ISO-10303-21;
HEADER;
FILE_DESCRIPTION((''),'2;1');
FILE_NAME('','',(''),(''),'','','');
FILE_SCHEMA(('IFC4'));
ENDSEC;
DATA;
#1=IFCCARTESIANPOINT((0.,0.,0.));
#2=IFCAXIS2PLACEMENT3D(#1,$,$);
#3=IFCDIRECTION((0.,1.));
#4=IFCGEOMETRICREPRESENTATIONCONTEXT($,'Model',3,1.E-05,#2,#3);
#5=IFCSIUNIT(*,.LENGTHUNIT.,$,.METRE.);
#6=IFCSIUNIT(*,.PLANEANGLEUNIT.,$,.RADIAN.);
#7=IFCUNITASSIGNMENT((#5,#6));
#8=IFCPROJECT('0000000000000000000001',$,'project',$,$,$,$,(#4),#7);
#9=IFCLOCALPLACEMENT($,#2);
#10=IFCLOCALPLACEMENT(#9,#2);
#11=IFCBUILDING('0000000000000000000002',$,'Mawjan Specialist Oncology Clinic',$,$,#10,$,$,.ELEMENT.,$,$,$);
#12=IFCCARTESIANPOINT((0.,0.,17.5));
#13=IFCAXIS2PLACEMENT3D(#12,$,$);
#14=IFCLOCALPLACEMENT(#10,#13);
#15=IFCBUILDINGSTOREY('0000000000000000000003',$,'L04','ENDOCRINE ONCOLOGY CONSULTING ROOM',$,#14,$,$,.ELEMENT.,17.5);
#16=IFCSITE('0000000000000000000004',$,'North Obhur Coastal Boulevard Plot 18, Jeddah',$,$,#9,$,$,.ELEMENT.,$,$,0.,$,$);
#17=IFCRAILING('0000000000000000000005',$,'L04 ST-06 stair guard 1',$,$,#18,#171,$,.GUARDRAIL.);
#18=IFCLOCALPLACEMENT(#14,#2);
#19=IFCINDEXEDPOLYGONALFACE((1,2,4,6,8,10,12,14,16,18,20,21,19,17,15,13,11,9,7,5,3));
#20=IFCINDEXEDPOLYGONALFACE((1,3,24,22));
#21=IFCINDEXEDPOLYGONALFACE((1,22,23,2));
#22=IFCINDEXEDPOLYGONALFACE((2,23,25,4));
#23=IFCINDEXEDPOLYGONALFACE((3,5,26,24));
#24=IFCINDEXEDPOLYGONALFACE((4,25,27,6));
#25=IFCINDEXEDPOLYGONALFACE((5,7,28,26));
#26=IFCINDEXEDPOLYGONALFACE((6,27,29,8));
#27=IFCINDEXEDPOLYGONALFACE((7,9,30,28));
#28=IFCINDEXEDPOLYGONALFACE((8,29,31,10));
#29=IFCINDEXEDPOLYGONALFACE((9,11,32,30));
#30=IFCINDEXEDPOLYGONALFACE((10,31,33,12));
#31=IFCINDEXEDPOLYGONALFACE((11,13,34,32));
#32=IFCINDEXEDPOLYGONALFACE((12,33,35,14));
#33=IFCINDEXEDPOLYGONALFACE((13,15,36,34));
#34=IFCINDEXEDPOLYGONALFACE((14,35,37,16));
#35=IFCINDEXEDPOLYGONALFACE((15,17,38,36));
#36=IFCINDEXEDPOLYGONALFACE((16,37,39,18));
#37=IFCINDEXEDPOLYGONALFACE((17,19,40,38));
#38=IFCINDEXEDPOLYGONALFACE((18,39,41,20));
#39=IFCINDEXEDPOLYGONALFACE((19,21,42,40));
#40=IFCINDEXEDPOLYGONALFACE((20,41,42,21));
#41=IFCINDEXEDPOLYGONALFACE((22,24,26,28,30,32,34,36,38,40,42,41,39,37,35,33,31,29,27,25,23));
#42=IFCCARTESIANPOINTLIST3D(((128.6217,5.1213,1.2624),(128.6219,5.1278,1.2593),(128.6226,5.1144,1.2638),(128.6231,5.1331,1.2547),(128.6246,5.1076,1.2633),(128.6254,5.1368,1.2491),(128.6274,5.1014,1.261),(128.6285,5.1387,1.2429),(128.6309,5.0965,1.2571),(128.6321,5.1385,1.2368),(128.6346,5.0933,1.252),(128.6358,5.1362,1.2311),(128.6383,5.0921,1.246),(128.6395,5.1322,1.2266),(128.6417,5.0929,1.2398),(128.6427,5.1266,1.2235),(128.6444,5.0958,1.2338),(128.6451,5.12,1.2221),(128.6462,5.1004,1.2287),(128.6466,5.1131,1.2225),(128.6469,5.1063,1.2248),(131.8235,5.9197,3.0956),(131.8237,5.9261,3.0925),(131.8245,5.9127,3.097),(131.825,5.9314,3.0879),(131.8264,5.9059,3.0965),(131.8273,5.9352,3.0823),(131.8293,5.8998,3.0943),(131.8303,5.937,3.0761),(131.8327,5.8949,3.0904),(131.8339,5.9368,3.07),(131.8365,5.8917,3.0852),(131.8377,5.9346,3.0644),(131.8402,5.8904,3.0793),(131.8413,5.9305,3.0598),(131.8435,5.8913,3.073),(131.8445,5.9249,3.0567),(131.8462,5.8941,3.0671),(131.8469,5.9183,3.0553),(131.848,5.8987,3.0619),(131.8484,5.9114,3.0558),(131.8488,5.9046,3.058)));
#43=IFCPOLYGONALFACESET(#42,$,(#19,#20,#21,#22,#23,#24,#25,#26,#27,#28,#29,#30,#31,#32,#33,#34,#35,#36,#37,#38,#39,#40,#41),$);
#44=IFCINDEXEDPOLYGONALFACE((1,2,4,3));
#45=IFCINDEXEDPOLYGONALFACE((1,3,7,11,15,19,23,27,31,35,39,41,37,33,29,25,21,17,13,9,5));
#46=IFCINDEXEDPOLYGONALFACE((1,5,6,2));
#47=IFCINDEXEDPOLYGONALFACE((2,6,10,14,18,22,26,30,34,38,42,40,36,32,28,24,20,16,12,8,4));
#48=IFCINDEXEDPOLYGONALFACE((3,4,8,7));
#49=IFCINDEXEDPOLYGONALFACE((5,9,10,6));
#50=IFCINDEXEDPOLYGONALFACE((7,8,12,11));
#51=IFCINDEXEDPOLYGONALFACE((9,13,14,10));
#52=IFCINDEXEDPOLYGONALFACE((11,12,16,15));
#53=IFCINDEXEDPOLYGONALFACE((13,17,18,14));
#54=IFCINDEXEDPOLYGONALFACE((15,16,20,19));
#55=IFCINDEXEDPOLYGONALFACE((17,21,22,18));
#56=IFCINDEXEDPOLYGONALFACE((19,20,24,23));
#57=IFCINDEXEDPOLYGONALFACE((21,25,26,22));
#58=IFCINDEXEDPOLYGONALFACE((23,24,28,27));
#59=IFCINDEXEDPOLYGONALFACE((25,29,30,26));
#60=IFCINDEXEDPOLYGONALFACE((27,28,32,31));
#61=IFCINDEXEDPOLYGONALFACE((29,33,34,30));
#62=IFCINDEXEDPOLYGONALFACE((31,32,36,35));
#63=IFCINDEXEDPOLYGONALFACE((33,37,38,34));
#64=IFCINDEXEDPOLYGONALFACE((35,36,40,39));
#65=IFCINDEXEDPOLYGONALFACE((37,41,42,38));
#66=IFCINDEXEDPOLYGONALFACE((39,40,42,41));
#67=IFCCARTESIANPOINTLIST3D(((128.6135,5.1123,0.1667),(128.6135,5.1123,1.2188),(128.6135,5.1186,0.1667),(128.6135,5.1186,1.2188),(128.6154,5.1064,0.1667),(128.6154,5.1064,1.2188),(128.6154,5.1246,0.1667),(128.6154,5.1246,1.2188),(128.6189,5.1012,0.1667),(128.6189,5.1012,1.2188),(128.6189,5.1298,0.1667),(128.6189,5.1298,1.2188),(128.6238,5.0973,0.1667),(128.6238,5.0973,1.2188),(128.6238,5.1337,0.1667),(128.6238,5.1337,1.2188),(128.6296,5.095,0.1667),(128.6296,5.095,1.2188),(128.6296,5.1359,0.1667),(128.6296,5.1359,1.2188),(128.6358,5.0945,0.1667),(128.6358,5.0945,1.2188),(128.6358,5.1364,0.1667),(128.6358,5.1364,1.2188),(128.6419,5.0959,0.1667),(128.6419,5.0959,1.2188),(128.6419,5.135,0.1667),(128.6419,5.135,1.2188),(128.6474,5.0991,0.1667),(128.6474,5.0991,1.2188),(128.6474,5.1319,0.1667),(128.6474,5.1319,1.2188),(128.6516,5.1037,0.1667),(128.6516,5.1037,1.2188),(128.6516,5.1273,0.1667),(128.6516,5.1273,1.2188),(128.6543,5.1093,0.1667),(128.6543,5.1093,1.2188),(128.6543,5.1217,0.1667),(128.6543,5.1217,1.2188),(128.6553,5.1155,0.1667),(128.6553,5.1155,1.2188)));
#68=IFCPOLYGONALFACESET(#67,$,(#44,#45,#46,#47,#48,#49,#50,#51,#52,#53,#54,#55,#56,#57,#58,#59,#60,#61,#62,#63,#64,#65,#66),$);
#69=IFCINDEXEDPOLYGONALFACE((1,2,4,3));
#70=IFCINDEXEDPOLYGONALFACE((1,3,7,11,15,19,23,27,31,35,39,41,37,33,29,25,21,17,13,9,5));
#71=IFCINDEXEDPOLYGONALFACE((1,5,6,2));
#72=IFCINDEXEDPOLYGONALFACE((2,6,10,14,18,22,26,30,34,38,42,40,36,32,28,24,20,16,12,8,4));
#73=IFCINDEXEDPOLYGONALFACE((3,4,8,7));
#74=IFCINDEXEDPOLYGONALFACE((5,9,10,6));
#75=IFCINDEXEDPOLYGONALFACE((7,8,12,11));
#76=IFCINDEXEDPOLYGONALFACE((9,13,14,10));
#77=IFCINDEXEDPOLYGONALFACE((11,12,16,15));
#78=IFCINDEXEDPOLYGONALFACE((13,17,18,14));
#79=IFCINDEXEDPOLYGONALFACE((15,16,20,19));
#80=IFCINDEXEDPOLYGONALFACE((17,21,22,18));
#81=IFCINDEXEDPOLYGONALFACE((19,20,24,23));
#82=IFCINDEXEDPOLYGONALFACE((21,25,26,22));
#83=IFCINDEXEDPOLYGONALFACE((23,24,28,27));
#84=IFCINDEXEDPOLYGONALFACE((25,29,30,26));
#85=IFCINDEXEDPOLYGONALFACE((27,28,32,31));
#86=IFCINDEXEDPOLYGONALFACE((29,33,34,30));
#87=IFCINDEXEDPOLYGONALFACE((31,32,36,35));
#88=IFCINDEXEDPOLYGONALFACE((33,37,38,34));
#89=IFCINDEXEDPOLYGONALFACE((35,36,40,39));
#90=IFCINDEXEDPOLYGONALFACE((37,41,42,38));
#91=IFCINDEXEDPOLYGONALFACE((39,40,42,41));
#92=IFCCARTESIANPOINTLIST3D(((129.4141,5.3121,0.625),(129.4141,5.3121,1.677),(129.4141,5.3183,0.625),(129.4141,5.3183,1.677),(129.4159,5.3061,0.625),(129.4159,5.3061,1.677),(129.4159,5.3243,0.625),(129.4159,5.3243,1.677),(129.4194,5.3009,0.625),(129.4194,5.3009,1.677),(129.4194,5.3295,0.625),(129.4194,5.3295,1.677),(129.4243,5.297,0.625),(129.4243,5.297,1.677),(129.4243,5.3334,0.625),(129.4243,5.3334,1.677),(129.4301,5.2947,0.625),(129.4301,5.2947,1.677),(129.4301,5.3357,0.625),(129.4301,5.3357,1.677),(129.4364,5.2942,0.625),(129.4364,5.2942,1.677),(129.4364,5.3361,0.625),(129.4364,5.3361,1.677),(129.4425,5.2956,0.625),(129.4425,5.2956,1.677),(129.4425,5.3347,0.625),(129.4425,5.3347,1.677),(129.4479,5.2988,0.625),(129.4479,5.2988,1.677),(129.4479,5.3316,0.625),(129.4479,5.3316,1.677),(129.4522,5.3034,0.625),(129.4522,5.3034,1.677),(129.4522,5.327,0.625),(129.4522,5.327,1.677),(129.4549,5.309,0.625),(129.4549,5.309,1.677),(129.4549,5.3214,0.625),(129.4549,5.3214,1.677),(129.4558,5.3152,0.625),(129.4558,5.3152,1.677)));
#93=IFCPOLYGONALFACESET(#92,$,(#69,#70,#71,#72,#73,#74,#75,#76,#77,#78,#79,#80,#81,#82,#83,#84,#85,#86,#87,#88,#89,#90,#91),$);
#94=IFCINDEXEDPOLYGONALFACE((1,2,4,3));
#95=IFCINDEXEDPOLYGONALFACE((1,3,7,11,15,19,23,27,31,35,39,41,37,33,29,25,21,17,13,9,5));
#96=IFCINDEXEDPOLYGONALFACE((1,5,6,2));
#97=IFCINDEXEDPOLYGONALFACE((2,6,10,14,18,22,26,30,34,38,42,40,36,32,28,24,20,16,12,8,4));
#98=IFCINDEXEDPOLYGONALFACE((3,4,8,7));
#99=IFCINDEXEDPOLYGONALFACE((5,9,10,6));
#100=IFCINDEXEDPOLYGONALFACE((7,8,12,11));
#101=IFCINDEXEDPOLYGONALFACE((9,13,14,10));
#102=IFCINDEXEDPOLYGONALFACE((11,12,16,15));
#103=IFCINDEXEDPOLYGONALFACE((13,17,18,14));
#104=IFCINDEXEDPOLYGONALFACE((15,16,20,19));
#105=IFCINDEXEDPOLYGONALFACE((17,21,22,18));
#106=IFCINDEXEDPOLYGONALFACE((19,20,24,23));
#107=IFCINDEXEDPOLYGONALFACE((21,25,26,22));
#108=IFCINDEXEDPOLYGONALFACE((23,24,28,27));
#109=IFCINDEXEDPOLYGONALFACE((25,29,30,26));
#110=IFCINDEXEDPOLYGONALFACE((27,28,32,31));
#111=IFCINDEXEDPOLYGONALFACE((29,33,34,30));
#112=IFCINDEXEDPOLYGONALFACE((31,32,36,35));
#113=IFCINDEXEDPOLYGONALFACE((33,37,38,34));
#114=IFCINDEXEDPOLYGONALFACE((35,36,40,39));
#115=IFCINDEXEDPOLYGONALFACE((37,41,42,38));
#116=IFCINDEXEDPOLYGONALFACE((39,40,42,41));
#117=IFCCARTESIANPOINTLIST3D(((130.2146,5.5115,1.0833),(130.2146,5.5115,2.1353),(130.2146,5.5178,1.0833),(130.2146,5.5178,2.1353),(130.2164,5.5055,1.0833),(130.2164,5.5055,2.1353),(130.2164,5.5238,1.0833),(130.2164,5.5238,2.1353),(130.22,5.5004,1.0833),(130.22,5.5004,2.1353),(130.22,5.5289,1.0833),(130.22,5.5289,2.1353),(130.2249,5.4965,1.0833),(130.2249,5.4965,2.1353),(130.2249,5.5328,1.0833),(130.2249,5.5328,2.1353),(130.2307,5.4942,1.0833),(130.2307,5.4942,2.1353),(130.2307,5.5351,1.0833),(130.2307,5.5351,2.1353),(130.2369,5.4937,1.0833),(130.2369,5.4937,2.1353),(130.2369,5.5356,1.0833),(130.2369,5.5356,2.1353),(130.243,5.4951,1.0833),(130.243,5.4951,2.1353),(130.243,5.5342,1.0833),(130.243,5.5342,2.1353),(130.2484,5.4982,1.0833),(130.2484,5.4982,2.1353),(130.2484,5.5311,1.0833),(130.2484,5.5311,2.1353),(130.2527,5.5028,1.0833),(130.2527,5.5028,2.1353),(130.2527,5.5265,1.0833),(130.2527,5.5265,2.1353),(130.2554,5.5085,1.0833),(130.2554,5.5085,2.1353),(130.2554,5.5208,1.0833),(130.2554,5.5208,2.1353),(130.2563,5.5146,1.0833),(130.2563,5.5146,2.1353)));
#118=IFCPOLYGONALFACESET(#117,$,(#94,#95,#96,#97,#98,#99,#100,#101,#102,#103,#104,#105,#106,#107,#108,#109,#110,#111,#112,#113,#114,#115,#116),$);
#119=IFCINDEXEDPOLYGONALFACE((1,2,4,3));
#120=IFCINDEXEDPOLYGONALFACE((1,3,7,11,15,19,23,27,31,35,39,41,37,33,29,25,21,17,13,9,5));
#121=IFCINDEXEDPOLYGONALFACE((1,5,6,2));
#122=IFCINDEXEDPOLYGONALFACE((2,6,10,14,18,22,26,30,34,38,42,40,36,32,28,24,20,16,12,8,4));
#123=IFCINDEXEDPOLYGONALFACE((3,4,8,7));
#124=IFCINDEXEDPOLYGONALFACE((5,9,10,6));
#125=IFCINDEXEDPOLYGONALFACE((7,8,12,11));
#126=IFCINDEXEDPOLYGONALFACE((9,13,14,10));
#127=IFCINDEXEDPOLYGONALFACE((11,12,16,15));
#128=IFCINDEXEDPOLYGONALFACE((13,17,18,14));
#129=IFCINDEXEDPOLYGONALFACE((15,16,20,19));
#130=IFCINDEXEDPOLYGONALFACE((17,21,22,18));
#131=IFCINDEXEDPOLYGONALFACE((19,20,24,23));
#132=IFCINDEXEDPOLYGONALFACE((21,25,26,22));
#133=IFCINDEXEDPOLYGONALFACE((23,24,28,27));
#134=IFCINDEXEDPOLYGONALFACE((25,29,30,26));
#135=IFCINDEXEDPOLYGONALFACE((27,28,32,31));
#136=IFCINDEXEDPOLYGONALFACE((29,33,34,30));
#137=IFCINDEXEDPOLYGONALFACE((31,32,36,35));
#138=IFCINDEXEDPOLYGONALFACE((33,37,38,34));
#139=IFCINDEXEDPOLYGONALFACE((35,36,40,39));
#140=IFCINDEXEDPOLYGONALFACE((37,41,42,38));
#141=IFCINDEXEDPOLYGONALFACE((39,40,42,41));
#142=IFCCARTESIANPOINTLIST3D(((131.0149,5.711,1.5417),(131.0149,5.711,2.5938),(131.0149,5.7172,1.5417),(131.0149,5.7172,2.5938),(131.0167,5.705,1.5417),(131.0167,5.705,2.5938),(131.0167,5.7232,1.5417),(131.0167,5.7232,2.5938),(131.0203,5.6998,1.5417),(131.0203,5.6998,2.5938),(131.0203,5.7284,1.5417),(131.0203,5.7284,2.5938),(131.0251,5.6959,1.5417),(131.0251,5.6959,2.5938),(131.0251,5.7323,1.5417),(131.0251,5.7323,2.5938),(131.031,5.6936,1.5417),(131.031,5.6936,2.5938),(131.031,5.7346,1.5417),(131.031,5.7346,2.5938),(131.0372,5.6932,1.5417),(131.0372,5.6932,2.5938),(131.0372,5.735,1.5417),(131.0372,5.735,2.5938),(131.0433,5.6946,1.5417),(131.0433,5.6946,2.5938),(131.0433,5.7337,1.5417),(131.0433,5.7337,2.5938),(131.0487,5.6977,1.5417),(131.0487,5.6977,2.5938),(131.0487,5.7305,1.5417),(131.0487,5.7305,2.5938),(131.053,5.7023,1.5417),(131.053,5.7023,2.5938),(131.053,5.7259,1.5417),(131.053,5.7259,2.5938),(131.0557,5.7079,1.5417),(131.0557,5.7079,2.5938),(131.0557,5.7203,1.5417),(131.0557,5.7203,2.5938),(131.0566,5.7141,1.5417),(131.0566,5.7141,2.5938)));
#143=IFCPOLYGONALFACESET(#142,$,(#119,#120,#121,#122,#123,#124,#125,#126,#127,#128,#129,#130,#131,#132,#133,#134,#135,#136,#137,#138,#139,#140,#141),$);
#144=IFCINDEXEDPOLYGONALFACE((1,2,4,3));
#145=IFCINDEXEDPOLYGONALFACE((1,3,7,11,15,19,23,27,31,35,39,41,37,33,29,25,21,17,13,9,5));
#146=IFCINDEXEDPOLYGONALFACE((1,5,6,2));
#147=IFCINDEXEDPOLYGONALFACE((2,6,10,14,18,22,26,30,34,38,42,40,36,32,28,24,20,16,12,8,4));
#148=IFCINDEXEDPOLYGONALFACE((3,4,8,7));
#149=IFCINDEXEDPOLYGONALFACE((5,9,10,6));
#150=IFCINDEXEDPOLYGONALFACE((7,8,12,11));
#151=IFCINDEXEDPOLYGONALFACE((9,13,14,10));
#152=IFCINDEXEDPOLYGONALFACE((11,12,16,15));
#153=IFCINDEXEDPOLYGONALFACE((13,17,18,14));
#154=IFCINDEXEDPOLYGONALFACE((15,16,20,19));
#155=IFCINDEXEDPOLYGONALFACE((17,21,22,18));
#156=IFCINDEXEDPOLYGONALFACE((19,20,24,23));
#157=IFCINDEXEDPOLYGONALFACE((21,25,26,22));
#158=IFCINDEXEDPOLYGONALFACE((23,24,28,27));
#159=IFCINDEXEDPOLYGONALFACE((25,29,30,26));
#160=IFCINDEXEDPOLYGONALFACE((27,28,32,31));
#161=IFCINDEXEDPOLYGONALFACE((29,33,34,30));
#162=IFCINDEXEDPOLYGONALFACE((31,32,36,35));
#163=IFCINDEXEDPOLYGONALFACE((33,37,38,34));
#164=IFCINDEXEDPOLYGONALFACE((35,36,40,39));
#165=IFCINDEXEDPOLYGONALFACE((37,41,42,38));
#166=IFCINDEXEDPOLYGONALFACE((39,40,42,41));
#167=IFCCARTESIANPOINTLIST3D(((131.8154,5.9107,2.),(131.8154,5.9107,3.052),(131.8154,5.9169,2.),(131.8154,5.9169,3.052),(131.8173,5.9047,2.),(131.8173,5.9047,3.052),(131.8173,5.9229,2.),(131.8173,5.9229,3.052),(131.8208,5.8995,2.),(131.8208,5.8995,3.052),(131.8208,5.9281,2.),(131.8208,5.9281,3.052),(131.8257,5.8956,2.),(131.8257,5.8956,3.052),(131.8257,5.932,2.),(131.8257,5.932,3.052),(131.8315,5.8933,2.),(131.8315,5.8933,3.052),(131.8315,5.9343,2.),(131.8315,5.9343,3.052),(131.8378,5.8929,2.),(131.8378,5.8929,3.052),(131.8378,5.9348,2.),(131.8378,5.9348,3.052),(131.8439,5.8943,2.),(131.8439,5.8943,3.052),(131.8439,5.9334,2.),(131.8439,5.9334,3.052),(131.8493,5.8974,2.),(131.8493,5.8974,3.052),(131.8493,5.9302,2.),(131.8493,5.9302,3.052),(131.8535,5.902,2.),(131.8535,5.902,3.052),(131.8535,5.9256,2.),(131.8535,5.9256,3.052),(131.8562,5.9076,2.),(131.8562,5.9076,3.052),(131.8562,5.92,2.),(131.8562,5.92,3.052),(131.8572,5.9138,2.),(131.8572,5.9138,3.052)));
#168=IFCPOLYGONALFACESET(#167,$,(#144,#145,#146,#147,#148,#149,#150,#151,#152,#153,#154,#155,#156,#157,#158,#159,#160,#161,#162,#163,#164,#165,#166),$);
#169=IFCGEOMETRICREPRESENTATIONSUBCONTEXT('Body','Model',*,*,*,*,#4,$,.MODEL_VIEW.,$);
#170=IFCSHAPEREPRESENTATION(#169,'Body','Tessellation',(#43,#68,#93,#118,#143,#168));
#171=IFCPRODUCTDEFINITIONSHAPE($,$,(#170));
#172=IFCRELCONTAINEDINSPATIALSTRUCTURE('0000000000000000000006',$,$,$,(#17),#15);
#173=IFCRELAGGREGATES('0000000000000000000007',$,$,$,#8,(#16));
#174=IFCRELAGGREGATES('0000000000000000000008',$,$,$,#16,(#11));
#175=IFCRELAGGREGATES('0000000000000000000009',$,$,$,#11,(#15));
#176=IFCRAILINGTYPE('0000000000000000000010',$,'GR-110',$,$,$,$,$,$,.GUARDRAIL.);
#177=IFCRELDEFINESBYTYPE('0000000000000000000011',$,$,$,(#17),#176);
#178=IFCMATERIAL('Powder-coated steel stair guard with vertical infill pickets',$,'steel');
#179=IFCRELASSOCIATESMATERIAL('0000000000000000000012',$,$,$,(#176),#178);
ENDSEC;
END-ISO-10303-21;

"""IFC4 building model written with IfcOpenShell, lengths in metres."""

from ifc_helpers import new_model, si_unit, direction, frame, origin, origin_2d, place, context, subcontext, project, spatial, circle, extrude, material, type_object, element, save


model = new_model("IFC4")

# Units and contexts
model_context = context("Model", 3, precision=1e-05, world=origin(), true_north=direction((0.0, 1.0)))
body_context = subcontext(model_context, "Body", "Model", "MODEL_VIEW")
ifc_project = project(units=[si_unit("LENGTHUNIT", "METRE"), si_unit("PLANEANGLEUNIT", "RADIAN")], contexts=[model_context])

# Site, building, storey
site_placement = place(None, origin())
site = spatial("IfcSite", under=ifc_project, at=site_placement, Name="North Obhur Coastal Boulevard Plot 18, Jeddah", CompositionType="ELEMENT", RefElevation=0.0)
building_placement = place(site_placement, origin())
building = spatial("IfcBuilding", under=site, at=building_placement, Name="Mawjan Specialist Oncology Clinic", CompositionType="ELEMENT")
storey_placement = place(building_placement, frame((0.0, 0.0, 17.5)))
storey = spatial("IfcBuildingStorey", under=building, at=storey_placement, Name="L04", Description="ENDOCRINE ONCOLOGY CONSULTING ROOM", CompositionType="ELEMENT", Elevation=17.5)

# Railing
ifc_material_1 = material(Name="Powder-coated steel stair guard with vertical infill pickets", Category="steel")
railing_type_1 = type_object("IfcRailingType", Name="GR-110", PredefinedType="GUARDRAIL", material=ifc_material_1)
railing_1_placement = place(storey_placement, frame((128.6343, 5.1155, 0.1667)))
element("IfcRailing", 1, at=railing_1_placement, inside=storey, type_object=railing_type_1, Name="L04 ST-06 stair guard 1", PredefinedType="GUARDRAIL", context=body_context, shape_type="SweptSolid", body=[
    extrude(circle(Radius=0.0239, at=origin_2d()), frame((0.0, 0.0, 1.0762), z_axis=(0.848195, 0.211483, 0.485634), x_axis=(-0.241926, 0.970295, 0.0)), (0.0, 0.0, 1.0), 3.7749),
    extrude(circle(Radius=0.021, at=origin_2d()), origin(), (0.0, 0.0, 1.0), 1.052),
    extrude(circle(Radius=0.021, at=origin_2d()), frame((0.8005, 0.1997, 0.4583)), (0.0, 0.0, 1.0), 1.052),
    extrude(circle(Radius=0.021, at=origin_2d()), frame((1.6011, 0.3992, 0.9165)), (0.0, 0.0, 1.0), 1.052),
    extrude(circle(Radius=0.021, at=origin_2d()), frame((2.4014, 0.5986, 1.375)), (0.0, 0.0, 1.0), 1.052),
    extrude(circle(Radius=0.021, at=origin_2d()), frame((3.2019, 0.7983, 1.8333)), (0.0, 0.0, 1.0), 1.052),
])

save(model, "model.ifc")
